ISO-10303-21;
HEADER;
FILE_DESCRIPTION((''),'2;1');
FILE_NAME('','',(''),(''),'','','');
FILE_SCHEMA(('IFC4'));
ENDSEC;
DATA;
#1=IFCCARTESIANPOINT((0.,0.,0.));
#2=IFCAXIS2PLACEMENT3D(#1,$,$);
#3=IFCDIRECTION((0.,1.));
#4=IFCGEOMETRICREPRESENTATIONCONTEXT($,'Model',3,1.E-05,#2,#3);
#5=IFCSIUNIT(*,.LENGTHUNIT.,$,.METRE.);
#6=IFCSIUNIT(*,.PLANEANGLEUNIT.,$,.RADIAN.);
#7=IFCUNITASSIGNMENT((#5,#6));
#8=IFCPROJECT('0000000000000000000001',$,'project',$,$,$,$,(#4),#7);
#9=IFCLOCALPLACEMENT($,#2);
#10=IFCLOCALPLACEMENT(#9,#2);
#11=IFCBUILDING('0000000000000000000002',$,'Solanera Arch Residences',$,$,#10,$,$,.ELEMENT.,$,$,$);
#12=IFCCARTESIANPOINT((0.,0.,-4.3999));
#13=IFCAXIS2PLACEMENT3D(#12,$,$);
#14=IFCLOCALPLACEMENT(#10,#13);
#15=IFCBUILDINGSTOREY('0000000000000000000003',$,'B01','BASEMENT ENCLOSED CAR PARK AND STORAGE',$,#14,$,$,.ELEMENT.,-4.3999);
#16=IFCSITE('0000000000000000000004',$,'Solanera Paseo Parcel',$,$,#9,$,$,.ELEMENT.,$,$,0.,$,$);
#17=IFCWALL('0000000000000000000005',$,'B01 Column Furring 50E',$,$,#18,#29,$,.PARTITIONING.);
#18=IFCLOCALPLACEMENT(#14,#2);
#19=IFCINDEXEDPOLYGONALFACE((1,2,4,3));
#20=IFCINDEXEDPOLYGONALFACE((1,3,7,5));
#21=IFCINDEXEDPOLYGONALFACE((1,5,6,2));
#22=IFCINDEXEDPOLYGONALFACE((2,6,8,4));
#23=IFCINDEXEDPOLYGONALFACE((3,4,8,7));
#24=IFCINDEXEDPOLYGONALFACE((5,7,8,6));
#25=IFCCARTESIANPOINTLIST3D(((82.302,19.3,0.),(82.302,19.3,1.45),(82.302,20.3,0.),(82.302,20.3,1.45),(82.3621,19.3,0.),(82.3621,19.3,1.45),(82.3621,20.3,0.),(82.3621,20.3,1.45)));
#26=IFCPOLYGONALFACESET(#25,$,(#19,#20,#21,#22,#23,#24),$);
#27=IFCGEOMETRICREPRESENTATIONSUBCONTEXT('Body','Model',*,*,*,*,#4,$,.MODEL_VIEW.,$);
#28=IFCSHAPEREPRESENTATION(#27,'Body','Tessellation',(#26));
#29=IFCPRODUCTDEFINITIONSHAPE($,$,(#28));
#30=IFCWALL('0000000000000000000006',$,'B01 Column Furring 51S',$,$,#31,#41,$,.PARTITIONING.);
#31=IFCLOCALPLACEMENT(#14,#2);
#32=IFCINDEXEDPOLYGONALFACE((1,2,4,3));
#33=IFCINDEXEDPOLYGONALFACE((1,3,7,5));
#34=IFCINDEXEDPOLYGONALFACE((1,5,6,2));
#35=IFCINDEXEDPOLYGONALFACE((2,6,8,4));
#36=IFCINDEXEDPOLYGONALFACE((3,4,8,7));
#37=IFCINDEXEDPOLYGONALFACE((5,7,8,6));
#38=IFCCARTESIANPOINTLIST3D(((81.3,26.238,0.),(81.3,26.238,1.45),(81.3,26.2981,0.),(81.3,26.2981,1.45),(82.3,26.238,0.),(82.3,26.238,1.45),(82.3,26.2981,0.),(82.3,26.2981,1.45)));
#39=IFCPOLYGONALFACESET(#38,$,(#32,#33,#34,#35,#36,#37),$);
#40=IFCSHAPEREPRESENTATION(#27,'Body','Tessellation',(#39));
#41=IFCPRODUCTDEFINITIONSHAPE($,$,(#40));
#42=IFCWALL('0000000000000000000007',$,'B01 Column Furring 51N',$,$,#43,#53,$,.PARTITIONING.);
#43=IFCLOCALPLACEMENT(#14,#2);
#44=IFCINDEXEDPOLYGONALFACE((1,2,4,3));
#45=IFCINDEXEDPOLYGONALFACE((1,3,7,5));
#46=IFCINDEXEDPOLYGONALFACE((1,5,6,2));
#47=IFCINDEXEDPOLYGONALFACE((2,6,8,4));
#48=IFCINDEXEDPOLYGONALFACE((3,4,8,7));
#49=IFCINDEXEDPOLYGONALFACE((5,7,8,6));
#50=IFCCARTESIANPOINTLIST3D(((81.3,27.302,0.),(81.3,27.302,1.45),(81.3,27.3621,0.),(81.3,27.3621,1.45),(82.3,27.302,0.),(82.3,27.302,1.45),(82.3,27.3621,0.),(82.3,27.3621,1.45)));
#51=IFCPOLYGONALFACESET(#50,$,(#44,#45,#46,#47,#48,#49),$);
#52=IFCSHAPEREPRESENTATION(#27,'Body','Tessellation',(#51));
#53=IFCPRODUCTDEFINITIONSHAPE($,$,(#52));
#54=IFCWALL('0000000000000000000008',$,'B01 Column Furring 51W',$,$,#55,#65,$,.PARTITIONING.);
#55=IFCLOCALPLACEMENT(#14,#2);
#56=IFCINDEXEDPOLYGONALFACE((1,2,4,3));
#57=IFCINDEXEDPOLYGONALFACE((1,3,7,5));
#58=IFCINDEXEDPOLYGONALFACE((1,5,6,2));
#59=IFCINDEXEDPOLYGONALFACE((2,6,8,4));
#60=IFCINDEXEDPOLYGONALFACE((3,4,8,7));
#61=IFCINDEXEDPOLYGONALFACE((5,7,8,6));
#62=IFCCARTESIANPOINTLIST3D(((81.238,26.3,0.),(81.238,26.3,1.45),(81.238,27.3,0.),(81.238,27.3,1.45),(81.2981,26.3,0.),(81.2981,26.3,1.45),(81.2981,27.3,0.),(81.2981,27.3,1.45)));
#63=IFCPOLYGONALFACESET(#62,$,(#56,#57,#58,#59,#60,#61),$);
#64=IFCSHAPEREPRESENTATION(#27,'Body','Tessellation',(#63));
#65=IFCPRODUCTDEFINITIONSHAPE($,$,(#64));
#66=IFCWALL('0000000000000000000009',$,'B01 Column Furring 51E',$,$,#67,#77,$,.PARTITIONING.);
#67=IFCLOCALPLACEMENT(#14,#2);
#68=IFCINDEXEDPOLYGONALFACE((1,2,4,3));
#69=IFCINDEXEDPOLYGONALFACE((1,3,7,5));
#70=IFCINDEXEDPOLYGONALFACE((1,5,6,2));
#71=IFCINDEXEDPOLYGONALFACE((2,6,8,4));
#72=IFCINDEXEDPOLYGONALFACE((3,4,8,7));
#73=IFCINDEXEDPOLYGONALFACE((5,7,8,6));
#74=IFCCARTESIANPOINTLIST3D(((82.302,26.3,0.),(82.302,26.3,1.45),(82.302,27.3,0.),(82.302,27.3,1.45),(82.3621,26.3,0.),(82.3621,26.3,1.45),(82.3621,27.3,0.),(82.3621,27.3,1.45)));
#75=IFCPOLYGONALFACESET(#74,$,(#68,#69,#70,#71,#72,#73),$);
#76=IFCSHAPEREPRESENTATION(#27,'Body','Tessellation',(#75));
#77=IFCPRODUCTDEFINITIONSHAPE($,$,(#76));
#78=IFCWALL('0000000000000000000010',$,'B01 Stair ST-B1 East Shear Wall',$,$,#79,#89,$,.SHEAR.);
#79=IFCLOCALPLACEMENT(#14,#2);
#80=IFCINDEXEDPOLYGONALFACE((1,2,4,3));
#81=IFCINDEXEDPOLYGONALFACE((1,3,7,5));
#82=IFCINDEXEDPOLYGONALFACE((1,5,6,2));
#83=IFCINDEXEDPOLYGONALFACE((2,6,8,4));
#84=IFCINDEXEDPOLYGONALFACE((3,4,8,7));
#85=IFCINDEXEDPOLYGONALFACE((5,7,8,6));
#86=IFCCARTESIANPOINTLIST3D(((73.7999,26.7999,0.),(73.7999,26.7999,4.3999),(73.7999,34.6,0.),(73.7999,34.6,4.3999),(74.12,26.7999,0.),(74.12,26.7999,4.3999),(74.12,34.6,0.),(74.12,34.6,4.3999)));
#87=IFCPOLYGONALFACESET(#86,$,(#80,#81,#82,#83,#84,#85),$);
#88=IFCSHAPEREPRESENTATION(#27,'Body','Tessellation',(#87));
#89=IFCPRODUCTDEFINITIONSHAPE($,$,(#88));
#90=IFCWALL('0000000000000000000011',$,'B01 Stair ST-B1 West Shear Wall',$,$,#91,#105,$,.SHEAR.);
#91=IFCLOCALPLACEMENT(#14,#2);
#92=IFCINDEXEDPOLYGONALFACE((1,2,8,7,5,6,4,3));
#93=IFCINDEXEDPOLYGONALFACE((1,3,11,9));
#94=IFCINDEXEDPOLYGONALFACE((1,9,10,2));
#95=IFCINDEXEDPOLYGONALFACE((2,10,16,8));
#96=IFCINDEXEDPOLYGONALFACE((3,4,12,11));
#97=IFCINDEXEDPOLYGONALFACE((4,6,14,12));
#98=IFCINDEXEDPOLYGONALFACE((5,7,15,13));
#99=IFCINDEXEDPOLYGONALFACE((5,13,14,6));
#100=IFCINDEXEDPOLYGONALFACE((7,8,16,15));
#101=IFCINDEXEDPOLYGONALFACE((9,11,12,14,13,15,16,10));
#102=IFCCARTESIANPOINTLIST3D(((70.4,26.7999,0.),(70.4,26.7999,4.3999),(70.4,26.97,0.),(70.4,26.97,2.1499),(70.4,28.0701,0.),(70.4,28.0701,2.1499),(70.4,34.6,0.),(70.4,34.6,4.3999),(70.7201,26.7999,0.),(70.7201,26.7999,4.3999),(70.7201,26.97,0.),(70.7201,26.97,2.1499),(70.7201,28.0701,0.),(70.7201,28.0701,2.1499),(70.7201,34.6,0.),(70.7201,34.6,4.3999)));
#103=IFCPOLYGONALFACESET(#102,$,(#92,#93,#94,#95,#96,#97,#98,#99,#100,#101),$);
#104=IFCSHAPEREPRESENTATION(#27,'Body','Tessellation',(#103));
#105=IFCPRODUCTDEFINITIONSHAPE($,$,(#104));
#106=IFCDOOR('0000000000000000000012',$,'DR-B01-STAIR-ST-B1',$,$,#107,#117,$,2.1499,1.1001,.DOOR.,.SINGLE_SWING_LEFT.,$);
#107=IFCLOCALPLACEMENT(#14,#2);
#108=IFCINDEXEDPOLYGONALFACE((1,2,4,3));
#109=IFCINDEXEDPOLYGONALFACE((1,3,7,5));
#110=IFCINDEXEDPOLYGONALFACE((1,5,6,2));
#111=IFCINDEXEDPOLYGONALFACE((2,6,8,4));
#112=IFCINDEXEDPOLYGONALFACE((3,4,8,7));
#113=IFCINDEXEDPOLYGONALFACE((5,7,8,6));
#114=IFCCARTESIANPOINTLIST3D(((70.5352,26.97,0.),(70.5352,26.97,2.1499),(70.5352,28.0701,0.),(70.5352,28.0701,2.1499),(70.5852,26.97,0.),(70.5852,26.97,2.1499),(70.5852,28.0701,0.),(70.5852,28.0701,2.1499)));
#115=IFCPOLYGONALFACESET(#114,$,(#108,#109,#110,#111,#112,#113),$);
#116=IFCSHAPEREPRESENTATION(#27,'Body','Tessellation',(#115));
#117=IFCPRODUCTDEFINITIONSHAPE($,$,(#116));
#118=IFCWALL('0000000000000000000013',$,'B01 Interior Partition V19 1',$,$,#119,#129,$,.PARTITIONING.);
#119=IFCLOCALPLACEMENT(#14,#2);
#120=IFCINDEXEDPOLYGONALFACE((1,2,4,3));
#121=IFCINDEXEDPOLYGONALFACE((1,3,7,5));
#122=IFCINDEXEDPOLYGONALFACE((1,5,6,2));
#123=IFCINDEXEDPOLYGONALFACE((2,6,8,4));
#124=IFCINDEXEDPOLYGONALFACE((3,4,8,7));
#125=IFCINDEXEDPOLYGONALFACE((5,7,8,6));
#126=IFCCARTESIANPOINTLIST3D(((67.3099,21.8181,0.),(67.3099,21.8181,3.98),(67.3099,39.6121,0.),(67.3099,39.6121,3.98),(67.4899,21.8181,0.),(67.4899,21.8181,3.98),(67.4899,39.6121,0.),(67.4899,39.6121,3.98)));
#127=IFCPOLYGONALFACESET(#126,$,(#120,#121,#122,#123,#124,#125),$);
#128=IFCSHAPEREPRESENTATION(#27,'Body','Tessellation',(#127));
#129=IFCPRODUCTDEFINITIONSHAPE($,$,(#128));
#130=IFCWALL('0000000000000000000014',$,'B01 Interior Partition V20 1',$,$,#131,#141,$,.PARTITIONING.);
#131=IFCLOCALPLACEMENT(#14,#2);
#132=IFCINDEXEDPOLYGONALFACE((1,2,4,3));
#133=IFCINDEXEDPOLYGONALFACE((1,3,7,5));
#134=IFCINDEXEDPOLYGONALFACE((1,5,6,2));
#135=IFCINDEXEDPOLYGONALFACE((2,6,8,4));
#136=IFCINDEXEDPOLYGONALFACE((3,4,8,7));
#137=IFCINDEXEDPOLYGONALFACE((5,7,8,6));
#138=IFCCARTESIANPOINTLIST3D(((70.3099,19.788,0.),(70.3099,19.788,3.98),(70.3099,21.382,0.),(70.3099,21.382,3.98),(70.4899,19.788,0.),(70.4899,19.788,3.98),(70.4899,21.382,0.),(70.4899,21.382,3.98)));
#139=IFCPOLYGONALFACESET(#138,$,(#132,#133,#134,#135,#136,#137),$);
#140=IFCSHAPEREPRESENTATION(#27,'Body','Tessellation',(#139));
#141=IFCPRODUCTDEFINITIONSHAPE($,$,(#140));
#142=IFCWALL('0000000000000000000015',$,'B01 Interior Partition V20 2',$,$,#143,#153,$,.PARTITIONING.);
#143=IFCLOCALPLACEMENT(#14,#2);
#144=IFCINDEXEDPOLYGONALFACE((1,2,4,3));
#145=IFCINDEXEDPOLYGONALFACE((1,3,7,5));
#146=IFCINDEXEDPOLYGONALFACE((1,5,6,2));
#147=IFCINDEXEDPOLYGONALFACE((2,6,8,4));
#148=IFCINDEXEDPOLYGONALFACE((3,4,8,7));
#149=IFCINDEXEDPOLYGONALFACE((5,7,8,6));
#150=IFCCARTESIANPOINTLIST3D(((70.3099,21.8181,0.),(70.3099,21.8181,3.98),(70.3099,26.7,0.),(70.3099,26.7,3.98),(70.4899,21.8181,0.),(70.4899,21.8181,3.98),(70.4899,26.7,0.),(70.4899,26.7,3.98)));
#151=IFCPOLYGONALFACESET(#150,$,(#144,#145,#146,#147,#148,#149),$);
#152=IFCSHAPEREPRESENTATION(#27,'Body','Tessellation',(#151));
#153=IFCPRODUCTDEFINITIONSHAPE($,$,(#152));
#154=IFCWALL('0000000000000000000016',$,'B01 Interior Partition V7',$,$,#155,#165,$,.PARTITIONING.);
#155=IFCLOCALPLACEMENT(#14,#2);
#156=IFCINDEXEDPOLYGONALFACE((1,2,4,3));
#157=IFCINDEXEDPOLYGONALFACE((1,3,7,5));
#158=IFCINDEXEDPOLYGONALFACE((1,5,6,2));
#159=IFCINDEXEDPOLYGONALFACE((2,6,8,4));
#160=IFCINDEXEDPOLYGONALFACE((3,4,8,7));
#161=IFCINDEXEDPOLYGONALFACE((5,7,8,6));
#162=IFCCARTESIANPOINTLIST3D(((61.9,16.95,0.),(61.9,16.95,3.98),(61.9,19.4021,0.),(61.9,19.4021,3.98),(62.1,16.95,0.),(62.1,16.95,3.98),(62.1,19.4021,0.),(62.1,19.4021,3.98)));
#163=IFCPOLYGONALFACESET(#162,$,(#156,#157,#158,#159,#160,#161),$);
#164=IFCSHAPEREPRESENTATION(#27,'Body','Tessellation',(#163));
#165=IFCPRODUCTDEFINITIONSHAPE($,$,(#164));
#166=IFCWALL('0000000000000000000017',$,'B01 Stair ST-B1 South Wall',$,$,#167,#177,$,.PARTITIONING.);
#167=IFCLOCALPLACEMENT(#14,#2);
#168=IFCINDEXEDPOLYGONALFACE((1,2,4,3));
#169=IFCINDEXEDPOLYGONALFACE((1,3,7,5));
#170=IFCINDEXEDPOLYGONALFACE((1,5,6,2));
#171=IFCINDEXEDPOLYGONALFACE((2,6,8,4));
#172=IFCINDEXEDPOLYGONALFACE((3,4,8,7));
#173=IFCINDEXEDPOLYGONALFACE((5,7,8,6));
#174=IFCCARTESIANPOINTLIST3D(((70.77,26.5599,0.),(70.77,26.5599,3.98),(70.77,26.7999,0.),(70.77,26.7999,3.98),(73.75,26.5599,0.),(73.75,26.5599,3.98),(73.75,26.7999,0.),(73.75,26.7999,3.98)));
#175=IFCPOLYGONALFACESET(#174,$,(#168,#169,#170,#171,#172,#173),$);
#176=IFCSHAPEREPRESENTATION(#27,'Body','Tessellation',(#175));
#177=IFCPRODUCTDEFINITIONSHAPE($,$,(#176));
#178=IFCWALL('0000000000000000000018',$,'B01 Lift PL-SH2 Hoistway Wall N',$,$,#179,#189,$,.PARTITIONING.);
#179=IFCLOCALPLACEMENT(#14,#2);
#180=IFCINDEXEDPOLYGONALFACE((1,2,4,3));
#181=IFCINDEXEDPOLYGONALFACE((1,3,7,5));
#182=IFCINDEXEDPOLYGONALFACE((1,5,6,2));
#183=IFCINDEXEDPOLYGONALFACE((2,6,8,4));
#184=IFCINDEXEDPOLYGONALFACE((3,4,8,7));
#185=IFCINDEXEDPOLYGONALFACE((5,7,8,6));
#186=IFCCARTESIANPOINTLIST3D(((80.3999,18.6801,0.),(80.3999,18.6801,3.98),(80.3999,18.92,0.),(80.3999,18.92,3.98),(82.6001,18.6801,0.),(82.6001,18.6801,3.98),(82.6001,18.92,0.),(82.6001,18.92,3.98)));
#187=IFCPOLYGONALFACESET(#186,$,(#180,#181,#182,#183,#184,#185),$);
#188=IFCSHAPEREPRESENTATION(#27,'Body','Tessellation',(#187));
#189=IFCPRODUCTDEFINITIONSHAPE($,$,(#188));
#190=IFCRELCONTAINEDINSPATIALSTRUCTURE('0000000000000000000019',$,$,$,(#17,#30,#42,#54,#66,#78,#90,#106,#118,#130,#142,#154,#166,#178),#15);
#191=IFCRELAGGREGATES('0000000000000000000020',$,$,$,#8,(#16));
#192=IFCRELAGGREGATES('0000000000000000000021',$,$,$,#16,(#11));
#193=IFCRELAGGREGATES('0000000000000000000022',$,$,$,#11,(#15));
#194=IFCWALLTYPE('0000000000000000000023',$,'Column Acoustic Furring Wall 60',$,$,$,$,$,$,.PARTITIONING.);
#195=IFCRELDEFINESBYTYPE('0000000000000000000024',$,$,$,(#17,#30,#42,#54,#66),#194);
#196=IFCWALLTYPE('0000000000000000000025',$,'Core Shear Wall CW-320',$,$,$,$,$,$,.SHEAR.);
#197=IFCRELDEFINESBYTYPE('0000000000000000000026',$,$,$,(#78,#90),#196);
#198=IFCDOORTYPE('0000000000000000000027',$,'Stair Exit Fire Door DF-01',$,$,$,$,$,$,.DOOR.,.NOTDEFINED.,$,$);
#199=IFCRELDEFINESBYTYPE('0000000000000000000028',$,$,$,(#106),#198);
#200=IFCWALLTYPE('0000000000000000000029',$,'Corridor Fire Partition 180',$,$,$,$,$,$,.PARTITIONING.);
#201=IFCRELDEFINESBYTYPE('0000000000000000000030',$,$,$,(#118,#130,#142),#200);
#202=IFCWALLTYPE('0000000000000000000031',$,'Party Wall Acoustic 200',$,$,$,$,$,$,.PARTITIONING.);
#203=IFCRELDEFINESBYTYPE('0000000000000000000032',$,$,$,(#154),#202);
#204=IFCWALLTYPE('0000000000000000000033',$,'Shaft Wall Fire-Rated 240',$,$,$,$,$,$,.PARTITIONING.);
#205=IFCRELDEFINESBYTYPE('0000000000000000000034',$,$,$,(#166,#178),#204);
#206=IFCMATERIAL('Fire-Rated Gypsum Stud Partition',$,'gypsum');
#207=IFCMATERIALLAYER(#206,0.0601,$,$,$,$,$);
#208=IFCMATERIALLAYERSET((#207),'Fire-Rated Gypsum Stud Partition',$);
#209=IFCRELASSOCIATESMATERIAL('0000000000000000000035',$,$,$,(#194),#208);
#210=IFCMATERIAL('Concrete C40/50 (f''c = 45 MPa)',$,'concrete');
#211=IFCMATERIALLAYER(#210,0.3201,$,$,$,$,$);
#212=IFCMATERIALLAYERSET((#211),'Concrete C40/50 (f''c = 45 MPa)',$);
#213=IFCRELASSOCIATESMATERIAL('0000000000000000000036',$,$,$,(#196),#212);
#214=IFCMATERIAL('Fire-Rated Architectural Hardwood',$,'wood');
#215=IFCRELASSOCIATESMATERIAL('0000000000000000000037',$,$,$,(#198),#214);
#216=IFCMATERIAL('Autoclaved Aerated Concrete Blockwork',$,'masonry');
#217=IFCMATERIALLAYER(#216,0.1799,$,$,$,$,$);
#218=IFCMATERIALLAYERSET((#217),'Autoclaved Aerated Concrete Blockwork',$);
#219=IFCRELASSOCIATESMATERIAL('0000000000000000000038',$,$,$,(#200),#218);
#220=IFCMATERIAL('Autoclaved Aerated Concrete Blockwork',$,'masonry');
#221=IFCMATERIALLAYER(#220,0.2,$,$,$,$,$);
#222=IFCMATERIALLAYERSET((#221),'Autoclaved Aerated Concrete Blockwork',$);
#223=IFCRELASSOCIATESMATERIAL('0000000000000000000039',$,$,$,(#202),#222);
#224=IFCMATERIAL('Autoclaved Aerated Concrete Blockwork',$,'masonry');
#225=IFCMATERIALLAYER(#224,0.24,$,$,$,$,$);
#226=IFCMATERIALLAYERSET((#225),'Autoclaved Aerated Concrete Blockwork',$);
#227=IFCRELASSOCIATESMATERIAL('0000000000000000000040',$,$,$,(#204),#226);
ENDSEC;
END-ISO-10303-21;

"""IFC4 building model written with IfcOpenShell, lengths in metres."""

from ifc_helpers import new_model, si_unit, direction, frame, frame_2d, origin, place, context, subcontext, project, spatial, rectangle, extrude, material, layer, layer_set, type_object, element, fill, save


model = new_model("IFC4")

# Units and contexts
model_context = context("Model", 3, precision=1e-05, world=origin(), true_north=direction((0.0, 1.0)))
body_context = subcontext(model_context, "Body", "Model", "MODEL_VIEW")
ifc_project = project(units=[si_unit("LENGTHUNIT", "METRE"), si_unit("PLANEANGLEUNIT", "RADIAN")], contexts=[model_context])

# Site, building, storey
site_placement = place(None, origin())
site = spatial("IfcSite", under=ifc_project, at=site_placement, Name="Solanera Paseo Parcel", CompositionType="ELEMENT", RefElevation=0.0)
building_placement = place(site_placement, origin())
building = spatial("IfcBuilding", under=site, at=building_placement, Name="Solanera Arch Residences", CompositionType="ELEMENT")
storey_placement = place(building_placement, frame((0.0, 0.0, -4.3999)))
storey = spatial("IfcBuildingStorey", under=building, at=storey_placement, Name="B01", Description="BASEMENT ENCLOSED CAR PARK AND STORAGE", CompositionType="ELEMENT", Elevation=-4.3999)

# Walls
ifc_material_1 = material(Name="Fire-Rated Gypsum Stud Partition", Category="gypsum")
ifc_layer_1 = layer(ifc_material_1, 0.0601)
ifc_layer_set_1 = layer_set([ifc_layer_1], Name="Fire-Rated Gypsum Stud Partition")
wall_type_1 = type_object("IfcWallType", Name="Column Acoustic Furring Wall 60", PredefinedType="PARTITIONING", material=ifc_layer_set_1)
for number, where, z_axis, x_axis, name in (
    (1, (82.332, 19.3, 0.0), (0.0, 0.0, 1.0), (0.0, 1.0, 0.0), "B01 Column Furring 50E"),
    (2, (81.3, 26.2681, 0.0), (0.0, 0.0, 1.0), (1.0, 0.0, 0.0), "B01 Column Furring 51S"),
    (3, (81.3, 27.332, 0.0), (0.0, 0.0, 1.0), (1.0, 0.0, 0.0), "B01 Column Furring 51N"),
    (4, (81.2681, 26.3, 0.0), (0.0, 0.0, 1.0), (0.0, 1.0, 0.0), "B01 Column Furring 51W"),
    (5, (82.332, 26.3, 0.0), (0.0, 0.0, 1.0), (0.0, 1.0, 0.0), "B01 Column Furring 51E"),
):
    element("IfcWall", number, at=place(storey_placement, frame(where, z_axis=z_axis, x_axis=x_axis)), inside=storey, type_object=wall_type_1, Name=name, PredefinedType="PARTITIONING", context=body_context, shape_type="SweptSolid", body=[
        extrude(rectangle(XDim=1.0, YDim=0.0601, at=frame_2d((0.5, 0.0))), origin(), (0.0, 0.0, 1.0), 1.45),
    ])
ifc_material_2 = material(Name="Concrete C40/50 (f'c = 45 MPa)", Category="concrete")
ifc_layer_2 = layer(ifc_material_2, 0.3201)
ifc_layer_set_2 = layer_set([ifc_layer_2], Name="Concrete C40/50 (f'c = 45 MPa)")
wall_type_2 = type_object("IfcWallType", Name="Core Shear Wall CW-320", PredefinedType="SHEAR", material=ifc_layer_set_2)
wall_1_placement = place(storey_placement, frame((73.96, 26.8, 0.0), z_axis=(0.0, 0.0, 1.0), x_axis=(0.0, 1.0, 0.0)))
element("IfcWall", 6, at=wall_1_placement, inside=storey, type_object=wall_type_2, Name="B01 Stair ST-B1 East Shear Wall", PredefinedType="SHEAR", context=body_context, shape_type="SweptSolid", body=[
    extrude(rectangle(XDim=7.8, YDim=0.3201, at=frame_2d((3.8999, 0.0))), origin(), (0.0, 0.0, 1.0), 4.3999),
])

# Wall, opening, door
wall_2_placement = place(storey_placement, frame((70.5601, 26.8, 0.0), z_axis=(0.0, 0.0, 1.0), x_axis=(0.0, 1.0, 0.0)))
wall_2 = element("IfcWall", 7, at=wall_2_placement, inside=storey, type_object=wall_type_2, Name="B01 Stair ST-B1 West Shear Wall", PredefinedType="SHEAR", context=body_context, shape_type="SweptSolid", body=[
    extrude(rectangle(XDim=7.8, YDim=0.3201, at=frame_2d((3.8999, 0.0))), origin(), (0.0, 0.0, 1.0), 4.3999),
])
opening_placement = place(wall_2_placement, frame((0.1699, 0.0, 0.0)))
opening = element("IfcOpeningElement", 8, at=opening_placement, cuts=wall_2, PredefinedType="OPENING", context=body_context, shape_type="SweptSolid", body=[
    extrude(rectangle(XDim=1.1001, YDim=2.1499, at=frame_2d((0.55, 1.075))), frame((0.0, 0.1699, 0.0), z_axis=(0.0, -1.0, 0.0), x_axis=(1.0, 0.0, 0.0)), (0.0, 0.0, 1.0), 0.3401),
])
ifc_material_3 = material(Name="Fire-Rated Architectural Hardwood", Category="wood")
door_type = type_object("IfcDoorType", Name="Stair Exit Fire Door DF-01", OperationType="NOTDEFINED", PredefinedType="DOOR", material=ifc_material_3)
door_placement = place(opening_placement, origin())
door = element("IfcDoor", 9, at=door_placement, inside=storey, type_object=door_type, Name="DR-B01-STAIR-ST-B1", OperationType="SINGLE_SWING_LEFT", OverallHeight=2.1499, OverallWidth=1.1001, PredefinedType="DOOR", context=body_context, shape_type="SweptSolid", body=[
    extrude(rectangle(XDim=1.1001, YDim=2.1499, at=frame_2d((0.55, 1.075))), frame((0.0, 0.0249, 0.0), z_axis=(0.0, -1.0, 0.0), x_axis=(1.0, 0.0, 0.0)), (0.0, 0.0, 1.0), 0.05),
])
fill(opening, door)

# Walls
ifc_material_4 = material(Name="Autoclaved Aerated Concrete Blockwork", Category="masonry")
ifc_layer_3 = layer(ifc_material_4, 0.1799)
ifc_layer_set_3 = layer_set([ifc_layer_3], Name="Autoclaved Aerated Concrete Blockwork")
wall_type_3 = type_object("IfcWallType", Name="Corridor Fire Partition 180", PredefinedType="PARTITIONING", material=ifc_layer_set_3)
wall_3_placement = place(storey_placement, frame((67.3999, 21.8181, 0.0), z_axis=(0.0, 0.0, 1.0), x_axis=(0.0, 1.0, 0.0)))
element("IfcWall", 10, at=wall_3_placement, inside=storey, type_object=wall_type_3, Name="B01 Interior Partition V19 1", PredefinedType="PARTITIONING", context=body_context, shape_type="SweptSolid", body=[
    extrude(rectangle(XDim=17.7939, YDim=0.1799, at=frame_2d((8.897, 0.0))), origin(), (0.0, 0.0, 1.0), 3.98),
])
wall_4_placement = place(storey_placement, frame((70.3999, 19.7881, 0.0), z_axis=(0.0, 0.0, 1.0), x_axis=(0.0, 1.0, 0.0)))
element("IfcWall", 11, at=wall_4_placement, inside=storey, type_object=wall_type_3, Name="B01 Interior Partition V20 1", PredefinedType="PARTITIONING", context=body_context, shape_type="SweptSolid", body=[
    extrude(rectangle(XDim=1.594, YDim=0.1799, at=frame_2d((0.7969, 0.0))), origin(), (0.0, 0.0, 1.0), 3.98),
])
wall_5_placement = place(storey_placement, frame((70.3999, 21.8181, 0.0), z_axis=(0.0, 0.0, 1.0), x_axis=(0.0, 1.0, 0.0)))
element("IfcWall", 12, at=wall_5_placement, inside=storey, type_object=wall_type_3, Name="B01 Interior Partition V20 2", PredefinedType="PARTITIONING", context=body_context, shape_type="SweptSolid", body=[
    extrude(rectangle(XDim=4.8818, YDim=0.1799, at=frame_2d((2.4409, 0.0))), origin(), (0.0, 0.0, 1.0), 3.98),
])
ifc_material_5 = material(Name="Autoclaved Aerated Concrete Blockwork", Category="masonry")
ifc_layer_4 = layer(ifc_material_5, 0.2)
ifc_layer_set_4 = layer_set([ifc_layer_4], Name="Autoclaved Aerated Concrete Blockwork")
wall_type_4 = type_object("IfcWallType", Name="Party Wall Acoustic 200", PredefinedType="PARTITIONING", material=ifc_layer_set_4)
wall_6_placement = place(storey_placement, frame((62.0, 16.95, 0.0), z_axis=(0.0, 0.0, 1.0), x_axis=(0.0, 1.0, 0.0)))
element("IfcWall", 13, at=wall_6_placement, inside=storey, type_object=wall_type_4, Name="B01 Interior Partition V7", PredefinedType="PARTITIONING", context=body_context, shape_type="SweptSolid", body=[
    extrude(rectangle(XDim=2.4521, YDim=0.2, at=frame_2d((1.2261, 0.0))), origin(), (0.0, 0.0, 1.0), 3.98),
])
ifc_material_6 = material(Name="Autoclaved Aerated Concrete Blockwork", Category="masonry")
ifc_layer_5 = layer(ifc_material_6, 0.24)
ifc_layer_set_5 = layer_set([ifc_layer_5], Name="Autoclaved Aerated Concrete Blockwork")
wall_type_5 = type_object("IfcWallType", Name="Shaft Wall Fire-Rated 240", PredefinedType="PARTITIONING", material=ifc_layer_set_5)
wall_7_placement = place(storey_placement, frame((70.77, 26.6799, 0.0), z_axis=(0.0, 0.0, 1.0), x_axis=(1.0, 0.0, 0.0)))
element("IfcWall", 14, at=wall_7_placement, inside=storey, type_object=wall_type_5, Name="B01 Stair ST-B1 South Wall", PredefinedType="PARTITIONING", context=body_context, shape_type="SweptSolid", body=[
    extrude(rectangle(XDim=2.98, YDim=0.24, at=frame_2d((1.49, 0.0))), origin(), (0.0, 0.0, 1.0), 3.98),
])
wall_8_placement = place(storey_placement, frame((80.3999, 18.8, 0.0), z_axis=(0.0, 0.0, 1.0), x_axis=(1.0, 0.0, 0.0)))
element("IfcWall", 15, at=wall_8_placement, inside=storey, type_object=wall_type_5, Name="B01 Lift PL-SH2 Hoistway Wall N", PredefinedType="PARTITIONING", context=body_context, shape_type="SweptSolid", body=[
    extrude(rectangle(XDim=2.2002, YDim=0.24, at=frame_2d((1.1001, 0.0))), origin(), (0.0, 0.0, 1.0), 3.98),
])

save(model, "model.ifc")
